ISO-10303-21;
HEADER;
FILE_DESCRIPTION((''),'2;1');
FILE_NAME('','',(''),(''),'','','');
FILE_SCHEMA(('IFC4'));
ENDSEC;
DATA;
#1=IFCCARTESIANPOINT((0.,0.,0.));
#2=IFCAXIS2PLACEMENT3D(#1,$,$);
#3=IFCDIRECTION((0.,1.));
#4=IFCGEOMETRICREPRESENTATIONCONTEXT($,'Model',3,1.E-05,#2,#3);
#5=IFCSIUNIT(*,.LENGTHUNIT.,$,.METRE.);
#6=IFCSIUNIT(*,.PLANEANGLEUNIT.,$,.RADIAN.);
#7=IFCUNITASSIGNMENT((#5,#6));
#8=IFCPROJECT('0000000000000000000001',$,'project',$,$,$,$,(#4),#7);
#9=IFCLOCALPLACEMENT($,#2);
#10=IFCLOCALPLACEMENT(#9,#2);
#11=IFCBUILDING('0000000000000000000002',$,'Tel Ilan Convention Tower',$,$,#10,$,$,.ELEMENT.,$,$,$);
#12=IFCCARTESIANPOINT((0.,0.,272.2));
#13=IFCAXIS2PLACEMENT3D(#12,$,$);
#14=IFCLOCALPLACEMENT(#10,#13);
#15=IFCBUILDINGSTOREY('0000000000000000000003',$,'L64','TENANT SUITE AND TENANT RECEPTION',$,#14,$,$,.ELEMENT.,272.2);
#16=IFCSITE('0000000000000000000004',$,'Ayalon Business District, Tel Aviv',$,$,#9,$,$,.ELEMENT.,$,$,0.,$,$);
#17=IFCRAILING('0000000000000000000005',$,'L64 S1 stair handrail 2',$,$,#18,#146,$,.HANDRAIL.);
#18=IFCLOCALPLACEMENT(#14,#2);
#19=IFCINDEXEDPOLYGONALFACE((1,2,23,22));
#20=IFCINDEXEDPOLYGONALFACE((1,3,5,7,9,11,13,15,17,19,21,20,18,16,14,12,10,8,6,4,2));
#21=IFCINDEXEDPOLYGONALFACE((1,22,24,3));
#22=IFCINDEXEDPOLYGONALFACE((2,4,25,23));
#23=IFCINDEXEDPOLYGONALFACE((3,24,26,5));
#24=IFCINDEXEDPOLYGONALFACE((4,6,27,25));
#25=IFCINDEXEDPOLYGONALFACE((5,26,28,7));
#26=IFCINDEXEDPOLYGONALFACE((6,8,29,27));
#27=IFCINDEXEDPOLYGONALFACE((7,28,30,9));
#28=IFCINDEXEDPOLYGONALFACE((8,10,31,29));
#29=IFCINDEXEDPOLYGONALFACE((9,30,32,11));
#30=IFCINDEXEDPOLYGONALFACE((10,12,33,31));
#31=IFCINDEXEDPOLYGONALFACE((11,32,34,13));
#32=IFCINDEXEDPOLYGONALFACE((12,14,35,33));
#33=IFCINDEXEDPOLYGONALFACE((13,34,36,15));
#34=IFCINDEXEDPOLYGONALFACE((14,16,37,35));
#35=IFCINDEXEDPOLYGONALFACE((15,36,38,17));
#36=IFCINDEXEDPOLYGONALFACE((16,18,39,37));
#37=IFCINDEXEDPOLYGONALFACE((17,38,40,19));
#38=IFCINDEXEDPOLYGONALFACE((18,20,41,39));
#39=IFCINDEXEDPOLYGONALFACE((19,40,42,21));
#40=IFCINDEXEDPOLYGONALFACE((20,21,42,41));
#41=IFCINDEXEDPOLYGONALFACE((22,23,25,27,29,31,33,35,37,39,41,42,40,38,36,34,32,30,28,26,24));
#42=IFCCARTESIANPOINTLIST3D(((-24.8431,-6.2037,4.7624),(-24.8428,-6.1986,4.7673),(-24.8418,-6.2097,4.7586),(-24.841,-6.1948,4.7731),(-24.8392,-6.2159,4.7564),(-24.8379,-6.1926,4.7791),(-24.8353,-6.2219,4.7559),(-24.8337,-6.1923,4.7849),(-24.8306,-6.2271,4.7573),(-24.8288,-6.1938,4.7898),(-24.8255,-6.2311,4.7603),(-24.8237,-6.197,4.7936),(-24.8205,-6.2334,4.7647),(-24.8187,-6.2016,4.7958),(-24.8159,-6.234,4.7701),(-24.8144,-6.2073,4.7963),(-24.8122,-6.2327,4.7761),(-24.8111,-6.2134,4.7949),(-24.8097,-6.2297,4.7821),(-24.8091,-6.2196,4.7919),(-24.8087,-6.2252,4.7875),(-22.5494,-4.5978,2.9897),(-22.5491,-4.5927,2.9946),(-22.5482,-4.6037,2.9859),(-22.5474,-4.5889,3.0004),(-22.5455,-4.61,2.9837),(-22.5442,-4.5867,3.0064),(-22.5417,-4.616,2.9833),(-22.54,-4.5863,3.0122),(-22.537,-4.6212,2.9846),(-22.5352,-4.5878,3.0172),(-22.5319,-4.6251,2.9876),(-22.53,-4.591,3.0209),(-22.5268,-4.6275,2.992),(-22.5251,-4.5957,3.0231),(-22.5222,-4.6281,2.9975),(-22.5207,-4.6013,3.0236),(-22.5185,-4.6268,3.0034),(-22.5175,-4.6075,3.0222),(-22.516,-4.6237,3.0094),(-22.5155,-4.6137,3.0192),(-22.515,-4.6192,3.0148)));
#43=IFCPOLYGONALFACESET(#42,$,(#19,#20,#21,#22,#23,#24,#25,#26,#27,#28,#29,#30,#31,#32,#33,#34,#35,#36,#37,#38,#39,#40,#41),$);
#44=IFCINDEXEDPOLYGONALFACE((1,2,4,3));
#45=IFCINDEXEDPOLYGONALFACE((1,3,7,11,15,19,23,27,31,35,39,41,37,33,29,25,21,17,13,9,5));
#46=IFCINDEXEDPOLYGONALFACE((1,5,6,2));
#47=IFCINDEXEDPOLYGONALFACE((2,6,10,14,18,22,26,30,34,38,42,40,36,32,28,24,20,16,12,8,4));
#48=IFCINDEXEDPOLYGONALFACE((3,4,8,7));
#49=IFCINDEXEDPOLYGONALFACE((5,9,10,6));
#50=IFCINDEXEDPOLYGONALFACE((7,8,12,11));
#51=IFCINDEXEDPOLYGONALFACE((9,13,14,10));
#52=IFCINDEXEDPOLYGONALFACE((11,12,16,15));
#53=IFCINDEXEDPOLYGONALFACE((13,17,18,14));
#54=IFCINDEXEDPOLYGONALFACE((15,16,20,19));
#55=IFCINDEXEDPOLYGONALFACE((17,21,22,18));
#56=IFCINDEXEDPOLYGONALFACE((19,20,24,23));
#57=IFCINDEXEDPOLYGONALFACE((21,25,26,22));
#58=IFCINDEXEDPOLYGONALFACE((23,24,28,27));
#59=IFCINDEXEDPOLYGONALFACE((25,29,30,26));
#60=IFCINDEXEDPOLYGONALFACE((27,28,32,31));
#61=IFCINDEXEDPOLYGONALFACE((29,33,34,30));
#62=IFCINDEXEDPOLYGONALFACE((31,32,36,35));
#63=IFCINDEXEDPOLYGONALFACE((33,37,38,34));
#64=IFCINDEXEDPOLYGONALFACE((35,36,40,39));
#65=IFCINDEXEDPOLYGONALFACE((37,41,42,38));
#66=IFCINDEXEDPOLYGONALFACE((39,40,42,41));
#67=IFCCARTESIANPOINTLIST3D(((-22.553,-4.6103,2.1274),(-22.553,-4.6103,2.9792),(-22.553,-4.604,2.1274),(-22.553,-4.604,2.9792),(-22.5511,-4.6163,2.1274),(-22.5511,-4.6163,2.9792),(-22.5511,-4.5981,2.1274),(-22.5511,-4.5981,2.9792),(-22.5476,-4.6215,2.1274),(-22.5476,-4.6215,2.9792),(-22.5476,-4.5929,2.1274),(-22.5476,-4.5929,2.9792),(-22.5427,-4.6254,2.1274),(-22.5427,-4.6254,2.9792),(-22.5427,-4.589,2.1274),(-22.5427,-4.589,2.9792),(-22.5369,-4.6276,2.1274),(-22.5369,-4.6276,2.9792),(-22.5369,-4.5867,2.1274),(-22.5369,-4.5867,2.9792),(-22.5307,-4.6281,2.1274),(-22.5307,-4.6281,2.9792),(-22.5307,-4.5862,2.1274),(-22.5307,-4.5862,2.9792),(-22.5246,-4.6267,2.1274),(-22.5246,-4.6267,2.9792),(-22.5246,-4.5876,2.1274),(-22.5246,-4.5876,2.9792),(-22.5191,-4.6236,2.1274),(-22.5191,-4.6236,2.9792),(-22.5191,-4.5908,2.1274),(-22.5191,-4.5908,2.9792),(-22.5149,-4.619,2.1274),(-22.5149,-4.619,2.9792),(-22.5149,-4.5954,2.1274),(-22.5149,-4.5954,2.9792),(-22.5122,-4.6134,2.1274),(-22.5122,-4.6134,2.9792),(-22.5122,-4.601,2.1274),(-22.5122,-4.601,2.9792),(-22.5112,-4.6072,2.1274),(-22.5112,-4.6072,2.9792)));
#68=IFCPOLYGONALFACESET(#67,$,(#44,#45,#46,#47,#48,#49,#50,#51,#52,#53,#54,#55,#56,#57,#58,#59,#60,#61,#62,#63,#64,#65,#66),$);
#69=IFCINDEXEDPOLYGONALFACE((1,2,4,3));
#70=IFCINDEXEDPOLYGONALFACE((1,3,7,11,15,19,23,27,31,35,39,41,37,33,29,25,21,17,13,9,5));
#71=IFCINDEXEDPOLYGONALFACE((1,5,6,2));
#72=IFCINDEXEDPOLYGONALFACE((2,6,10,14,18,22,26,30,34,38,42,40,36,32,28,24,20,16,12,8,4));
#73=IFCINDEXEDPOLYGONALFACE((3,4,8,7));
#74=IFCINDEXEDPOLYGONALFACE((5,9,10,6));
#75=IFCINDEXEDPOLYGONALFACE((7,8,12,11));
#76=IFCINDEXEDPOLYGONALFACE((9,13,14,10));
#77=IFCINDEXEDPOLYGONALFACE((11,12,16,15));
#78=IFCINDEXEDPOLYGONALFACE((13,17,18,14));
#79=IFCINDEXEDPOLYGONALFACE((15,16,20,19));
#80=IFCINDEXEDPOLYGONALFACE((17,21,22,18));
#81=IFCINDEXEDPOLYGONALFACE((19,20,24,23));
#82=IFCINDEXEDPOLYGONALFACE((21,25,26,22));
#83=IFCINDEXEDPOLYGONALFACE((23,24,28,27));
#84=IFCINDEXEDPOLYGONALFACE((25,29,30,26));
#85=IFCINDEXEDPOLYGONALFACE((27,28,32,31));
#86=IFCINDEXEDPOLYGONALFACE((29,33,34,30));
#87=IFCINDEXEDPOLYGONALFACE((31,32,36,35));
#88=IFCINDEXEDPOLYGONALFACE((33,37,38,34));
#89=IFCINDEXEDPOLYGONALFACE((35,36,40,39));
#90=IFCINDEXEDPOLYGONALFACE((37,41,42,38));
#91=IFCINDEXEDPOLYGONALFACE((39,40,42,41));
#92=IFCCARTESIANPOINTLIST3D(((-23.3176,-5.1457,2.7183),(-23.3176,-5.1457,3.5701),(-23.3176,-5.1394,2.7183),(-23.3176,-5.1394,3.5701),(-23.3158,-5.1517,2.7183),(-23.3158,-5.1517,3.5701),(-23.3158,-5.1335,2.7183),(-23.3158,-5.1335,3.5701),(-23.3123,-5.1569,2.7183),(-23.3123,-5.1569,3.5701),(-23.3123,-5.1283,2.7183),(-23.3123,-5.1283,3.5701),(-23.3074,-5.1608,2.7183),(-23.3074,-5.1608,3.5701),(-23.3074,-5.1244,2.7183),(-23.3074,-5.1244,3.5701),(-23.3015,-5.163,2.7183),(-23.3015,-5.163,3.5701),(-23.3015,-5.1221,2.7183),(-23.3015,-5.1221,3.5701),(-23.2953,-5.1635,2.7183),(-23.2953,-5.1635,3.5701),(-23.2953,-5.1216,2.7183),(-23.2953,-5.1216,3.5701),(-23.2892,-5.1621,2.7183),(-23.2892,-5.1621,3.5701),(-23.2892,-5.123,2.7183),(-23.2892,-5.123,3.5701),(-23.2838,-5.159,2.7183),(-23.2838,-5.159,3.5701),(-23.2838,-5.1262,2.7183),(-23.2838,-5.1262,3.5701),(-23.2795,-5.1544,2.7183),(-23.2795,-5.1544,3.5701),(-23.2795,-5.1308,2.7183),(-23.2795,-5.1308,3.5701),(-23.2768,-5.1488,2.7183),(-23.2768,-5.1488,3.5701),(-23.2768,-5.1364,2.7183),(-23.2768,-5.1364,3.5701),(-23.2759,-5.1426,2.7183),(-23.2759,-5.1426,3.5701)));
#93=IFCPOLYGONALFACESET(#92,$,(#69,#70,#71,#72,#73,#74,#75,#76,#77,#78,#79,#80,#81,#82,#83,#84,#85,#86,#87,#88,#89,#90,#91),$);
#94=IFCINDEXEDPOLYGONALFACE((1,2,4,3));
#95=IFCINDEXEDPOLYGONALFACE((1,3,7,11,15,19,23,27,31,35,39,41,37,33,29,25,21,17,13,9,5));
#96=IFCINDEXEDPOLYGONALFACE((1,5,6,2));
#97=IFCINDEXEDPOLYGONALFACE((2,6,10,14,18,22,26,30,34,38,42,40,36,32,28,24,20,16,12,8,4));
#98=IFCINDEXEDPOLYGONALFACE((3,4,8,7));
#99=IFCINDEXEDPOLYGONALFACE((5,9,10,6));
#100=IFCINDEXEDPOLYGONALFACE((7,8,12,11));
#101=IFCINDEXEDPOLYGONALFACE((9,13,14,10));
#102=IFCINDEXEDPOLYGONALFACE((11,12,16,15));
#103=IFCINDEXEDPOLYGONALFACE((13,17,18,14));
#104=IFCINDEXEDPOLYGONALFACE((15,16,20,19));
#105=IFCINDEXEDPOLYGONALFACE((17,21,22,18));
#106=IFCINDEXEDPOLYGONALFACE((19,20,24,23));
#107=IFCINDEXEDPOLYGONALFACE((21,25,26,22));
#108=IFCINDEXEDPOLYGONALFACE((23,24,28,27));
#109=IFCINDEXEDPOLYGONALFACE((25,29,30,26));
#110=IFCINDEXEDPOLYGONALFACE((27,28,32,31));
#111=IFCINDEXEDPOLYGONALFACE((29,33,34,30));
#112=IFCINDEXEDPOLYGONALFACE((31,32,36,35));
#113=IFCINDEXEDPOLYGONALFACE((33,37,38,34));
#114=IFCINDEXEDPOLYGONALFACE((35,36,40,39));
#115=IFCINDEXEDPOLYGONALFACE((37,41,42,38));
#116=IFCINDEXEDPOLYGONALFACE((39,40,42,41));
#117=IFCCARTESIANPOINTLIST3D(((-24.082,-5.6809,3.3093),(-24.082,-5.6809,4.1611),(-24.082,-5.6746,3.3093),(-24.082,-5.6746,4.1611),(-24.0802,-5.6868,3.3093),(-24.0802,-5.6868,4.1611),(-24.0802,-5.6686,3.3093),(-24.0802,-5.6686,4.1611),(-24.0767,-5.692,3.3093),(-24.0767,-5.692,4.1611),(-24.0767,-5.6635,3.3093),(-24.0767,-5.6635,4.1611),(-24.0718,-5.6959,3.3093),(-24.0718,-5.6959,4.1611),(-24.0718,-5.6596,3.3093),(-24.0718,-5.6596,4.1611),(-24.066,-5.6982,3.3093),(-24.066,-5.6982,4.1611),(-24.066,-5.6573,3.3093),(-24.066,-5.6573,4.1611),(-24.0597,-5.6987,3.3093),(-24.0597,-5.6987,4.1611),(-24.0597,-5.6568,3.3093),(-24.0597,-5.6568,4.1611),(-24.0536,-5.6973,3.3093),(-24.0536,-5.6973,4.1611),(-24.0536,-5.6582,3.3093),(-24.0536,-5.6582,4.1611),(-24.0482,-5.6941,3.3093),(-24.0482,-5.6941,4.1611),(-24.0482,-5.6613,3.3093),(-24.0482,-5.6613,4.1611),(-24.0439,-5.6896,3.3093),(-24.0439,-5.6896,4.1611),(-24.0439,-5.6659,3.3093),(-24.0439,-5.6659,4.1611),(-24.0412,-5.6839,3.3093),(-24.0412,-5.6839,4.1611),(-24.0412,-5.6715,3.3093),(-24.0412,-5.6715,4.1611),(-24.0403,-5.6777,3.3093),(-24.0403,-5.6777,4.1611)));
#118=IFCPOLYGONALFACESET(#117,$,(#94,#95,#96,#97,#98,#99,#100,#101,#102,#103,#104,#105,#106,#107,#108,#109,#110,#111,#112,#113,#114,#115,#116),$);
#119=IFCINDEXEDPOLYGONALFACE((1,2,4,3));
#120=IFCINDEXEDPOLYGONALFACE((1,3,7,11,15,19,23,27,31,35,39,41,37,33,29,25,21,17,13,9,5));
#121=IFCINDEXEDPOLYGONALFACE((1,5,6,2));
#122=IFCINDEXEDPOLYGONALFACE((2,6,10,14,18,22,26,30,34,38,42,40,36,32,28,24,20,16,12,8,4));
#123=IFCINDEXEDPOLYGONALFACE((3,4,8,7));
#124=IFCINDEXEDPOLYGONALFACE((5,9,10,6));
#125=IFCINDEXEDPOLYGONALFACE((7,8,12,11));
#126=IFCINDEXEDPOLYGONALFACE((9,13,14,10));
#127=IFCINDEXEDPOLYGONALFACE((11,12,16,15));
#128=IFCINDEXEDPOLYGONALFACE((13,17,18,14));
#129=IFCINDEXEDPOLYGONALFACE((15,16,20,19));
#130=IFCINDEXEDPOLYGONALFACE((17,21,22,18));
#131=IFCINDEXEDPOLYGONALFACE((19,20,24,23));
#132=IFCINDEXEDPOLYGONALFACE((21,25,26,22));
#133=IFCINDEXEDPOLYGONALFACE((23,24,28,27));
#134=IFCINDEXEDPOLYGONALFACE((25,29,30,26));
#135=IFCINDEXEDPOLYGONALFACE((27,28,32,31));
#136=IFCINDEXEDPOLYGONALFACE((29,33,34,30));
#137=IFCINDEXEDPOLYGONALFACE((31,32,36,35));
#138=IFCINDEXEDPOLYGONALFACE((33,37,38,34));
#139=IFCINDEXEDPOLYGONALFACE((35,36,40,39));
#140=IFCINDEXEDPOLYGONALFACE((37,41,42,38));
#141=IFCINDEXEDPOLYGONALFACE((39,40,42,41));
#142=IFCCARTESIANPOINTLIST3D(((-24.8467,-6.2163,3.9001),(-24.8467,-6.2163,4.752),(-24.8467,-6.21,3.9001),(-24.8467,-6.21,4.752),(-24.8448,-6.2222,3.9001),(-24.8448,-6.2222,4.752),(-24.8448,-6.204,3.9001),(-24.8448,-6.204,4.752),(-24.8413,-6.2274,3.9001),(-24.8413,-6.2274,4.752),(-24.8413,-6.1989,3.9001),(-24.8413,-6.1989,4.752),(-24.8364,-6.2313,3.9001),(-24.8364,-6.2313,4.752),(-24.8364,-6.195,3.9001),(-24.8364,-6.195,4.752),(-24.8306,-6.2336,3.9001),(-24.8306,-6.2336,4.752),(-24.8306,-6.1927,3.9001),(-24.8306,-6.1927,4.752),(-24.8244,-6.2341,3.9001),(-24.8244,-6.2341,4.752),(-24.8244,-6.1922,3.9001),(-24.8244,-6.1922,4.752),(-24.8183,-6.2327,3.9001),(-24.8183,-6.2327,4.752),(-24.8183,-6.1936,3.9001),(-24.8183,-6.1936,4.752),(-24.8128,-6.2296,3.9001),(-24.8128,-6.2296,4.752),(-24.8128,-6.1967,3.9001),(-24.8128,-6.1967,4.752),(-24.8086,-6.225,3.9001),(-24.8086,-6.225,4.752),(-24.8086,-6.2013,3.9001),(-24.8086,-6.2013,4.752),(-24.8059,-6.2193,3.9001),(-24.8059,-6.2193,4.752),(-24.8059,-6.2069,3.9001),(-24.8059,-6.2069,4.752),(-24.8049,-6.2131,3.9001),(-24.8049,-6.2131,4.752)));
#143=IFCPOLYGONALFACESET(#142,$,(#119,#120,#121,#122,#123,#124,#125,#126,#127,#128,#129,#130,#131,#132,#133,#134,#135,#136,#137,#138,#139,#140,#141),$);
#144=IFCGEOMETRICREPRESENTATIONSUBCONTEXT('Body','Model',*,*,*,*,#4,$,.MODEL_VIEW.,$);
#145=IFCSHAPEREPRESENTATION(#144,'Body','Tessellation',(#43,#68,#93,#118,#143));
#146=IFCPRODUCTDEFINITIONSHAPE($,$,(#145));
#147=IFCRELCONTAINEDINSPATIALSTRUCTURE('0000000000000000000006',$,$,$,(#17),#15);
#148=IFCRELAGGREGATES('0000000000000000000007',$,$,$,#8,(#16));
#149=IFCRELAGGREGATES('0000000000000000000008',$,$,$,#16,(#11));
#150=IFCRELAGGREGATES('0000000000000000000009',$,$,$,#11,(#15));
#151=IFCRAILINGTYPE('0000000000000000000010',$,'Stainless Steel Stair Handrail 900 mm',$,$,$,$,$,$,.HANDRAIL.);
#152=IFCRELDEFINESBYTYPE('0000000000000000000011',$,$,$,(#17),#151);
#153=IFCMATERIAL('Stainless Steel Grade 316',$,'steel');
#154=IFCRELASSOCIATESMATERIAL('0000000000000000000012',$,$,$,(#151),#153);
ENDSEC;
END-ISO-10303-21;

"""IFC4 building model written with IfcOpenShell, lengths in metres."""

from ifc_helpers import new_model, si_unit, direction, frame, origin, origin_2d, place, context, subcontext, project, spatial, circle, extrude, material, type_object, element, save


model = new_model("IFC4")

# Units and contexts
model_context = context("Model", 3, precision=1e-05, world=origin(), true_north=direction((0.0, 1.0)))
body_context = subcontext(model_context, "Body", "Model", "MODEL_VIEW")
ifc_project = project(units=[si_unit("LENGTHUNIT", "METRE"), si_unit("PLANEANGLEUNIT", "RADIAN")], contexts=[model_context])

# Site, building, storey
site_placement = place(None, origin())
site = spatial("IfcSite", under=ifc_project, at=site_placement, Name="Ayalon Business District, Tel Aviv", CompositionType="ELEMENT", RefElevation=0.0)
building_placement = place(site_placement, origin())
building = spatial("IfcBuilding", under=site, at=building_placement, Name="Tel Ilan Convention Tower", CompositionType="ELEMENT")
storey_placement = place(building_placement, frame((0.0, 0.0, 272.2)))
storey = spatial("IfcBuildingStorey", under=building, at=storey_placement, Name="L64", Description="TENANT SUITE AND TENANT RECEPTION", CompositionType="ELEMENT", Elevation=272.2)

# Railing
ifc_material_1 = material(Name="Stainless Steel Grade 316", Category="steel")
railing_type_1 = type_object("IfcRailingType", Name="Stainless Steel Stair Handrail 900 mm", PredefinedType="HANDRAIL", material=ifc_material_1)
for number, where, name in (
    (1, (-22.5322, -4.6072, 2.1274), "L64 S1 stair handrail 2"),
):
    element("IfcRailing", number, at=place(storey_placement, frame(where)), inside=storey, type_object=railing_type_1, Name=name, PredefinedType="HANDRAIL", context=body_context, shape_type="SweptSolid", body=[
        extrude(circle(Radius=0.0239, at=origin_2d()), frame((0.0, 0.0, 0.876), z_axis=(-0.692123, -0.484597, 0.534913), x_axis=(0.57355, -0.81917, 0.0)), (0.0, 0.0, 1.0), 3.314),
        extrude(circle(Radius=0.021, at=origin_2d()), origin(), (0.0, 0.0, 1.0), 0.8518),
        extrude(circle(Radius=0.021, at=origin_2d()), frame((-0.7646, -0.5354, 0.5908)), (0.0, 0.0, 1.0), 0.8518),
        extrude(circle(Radius=0.021, at=origin_2d()), frame((-1.5291, -1.0706, 1.1819)), (0.0, 0.0, 1.0), 0.8518),
        extrude(circle(Radius=0.021, at=origin_2d()), frame((-2.2937, -1.606, 1.7727)), (0.0, 0.0, 1.0), 0.8518),
    ])

save(model, "model.ifc")
